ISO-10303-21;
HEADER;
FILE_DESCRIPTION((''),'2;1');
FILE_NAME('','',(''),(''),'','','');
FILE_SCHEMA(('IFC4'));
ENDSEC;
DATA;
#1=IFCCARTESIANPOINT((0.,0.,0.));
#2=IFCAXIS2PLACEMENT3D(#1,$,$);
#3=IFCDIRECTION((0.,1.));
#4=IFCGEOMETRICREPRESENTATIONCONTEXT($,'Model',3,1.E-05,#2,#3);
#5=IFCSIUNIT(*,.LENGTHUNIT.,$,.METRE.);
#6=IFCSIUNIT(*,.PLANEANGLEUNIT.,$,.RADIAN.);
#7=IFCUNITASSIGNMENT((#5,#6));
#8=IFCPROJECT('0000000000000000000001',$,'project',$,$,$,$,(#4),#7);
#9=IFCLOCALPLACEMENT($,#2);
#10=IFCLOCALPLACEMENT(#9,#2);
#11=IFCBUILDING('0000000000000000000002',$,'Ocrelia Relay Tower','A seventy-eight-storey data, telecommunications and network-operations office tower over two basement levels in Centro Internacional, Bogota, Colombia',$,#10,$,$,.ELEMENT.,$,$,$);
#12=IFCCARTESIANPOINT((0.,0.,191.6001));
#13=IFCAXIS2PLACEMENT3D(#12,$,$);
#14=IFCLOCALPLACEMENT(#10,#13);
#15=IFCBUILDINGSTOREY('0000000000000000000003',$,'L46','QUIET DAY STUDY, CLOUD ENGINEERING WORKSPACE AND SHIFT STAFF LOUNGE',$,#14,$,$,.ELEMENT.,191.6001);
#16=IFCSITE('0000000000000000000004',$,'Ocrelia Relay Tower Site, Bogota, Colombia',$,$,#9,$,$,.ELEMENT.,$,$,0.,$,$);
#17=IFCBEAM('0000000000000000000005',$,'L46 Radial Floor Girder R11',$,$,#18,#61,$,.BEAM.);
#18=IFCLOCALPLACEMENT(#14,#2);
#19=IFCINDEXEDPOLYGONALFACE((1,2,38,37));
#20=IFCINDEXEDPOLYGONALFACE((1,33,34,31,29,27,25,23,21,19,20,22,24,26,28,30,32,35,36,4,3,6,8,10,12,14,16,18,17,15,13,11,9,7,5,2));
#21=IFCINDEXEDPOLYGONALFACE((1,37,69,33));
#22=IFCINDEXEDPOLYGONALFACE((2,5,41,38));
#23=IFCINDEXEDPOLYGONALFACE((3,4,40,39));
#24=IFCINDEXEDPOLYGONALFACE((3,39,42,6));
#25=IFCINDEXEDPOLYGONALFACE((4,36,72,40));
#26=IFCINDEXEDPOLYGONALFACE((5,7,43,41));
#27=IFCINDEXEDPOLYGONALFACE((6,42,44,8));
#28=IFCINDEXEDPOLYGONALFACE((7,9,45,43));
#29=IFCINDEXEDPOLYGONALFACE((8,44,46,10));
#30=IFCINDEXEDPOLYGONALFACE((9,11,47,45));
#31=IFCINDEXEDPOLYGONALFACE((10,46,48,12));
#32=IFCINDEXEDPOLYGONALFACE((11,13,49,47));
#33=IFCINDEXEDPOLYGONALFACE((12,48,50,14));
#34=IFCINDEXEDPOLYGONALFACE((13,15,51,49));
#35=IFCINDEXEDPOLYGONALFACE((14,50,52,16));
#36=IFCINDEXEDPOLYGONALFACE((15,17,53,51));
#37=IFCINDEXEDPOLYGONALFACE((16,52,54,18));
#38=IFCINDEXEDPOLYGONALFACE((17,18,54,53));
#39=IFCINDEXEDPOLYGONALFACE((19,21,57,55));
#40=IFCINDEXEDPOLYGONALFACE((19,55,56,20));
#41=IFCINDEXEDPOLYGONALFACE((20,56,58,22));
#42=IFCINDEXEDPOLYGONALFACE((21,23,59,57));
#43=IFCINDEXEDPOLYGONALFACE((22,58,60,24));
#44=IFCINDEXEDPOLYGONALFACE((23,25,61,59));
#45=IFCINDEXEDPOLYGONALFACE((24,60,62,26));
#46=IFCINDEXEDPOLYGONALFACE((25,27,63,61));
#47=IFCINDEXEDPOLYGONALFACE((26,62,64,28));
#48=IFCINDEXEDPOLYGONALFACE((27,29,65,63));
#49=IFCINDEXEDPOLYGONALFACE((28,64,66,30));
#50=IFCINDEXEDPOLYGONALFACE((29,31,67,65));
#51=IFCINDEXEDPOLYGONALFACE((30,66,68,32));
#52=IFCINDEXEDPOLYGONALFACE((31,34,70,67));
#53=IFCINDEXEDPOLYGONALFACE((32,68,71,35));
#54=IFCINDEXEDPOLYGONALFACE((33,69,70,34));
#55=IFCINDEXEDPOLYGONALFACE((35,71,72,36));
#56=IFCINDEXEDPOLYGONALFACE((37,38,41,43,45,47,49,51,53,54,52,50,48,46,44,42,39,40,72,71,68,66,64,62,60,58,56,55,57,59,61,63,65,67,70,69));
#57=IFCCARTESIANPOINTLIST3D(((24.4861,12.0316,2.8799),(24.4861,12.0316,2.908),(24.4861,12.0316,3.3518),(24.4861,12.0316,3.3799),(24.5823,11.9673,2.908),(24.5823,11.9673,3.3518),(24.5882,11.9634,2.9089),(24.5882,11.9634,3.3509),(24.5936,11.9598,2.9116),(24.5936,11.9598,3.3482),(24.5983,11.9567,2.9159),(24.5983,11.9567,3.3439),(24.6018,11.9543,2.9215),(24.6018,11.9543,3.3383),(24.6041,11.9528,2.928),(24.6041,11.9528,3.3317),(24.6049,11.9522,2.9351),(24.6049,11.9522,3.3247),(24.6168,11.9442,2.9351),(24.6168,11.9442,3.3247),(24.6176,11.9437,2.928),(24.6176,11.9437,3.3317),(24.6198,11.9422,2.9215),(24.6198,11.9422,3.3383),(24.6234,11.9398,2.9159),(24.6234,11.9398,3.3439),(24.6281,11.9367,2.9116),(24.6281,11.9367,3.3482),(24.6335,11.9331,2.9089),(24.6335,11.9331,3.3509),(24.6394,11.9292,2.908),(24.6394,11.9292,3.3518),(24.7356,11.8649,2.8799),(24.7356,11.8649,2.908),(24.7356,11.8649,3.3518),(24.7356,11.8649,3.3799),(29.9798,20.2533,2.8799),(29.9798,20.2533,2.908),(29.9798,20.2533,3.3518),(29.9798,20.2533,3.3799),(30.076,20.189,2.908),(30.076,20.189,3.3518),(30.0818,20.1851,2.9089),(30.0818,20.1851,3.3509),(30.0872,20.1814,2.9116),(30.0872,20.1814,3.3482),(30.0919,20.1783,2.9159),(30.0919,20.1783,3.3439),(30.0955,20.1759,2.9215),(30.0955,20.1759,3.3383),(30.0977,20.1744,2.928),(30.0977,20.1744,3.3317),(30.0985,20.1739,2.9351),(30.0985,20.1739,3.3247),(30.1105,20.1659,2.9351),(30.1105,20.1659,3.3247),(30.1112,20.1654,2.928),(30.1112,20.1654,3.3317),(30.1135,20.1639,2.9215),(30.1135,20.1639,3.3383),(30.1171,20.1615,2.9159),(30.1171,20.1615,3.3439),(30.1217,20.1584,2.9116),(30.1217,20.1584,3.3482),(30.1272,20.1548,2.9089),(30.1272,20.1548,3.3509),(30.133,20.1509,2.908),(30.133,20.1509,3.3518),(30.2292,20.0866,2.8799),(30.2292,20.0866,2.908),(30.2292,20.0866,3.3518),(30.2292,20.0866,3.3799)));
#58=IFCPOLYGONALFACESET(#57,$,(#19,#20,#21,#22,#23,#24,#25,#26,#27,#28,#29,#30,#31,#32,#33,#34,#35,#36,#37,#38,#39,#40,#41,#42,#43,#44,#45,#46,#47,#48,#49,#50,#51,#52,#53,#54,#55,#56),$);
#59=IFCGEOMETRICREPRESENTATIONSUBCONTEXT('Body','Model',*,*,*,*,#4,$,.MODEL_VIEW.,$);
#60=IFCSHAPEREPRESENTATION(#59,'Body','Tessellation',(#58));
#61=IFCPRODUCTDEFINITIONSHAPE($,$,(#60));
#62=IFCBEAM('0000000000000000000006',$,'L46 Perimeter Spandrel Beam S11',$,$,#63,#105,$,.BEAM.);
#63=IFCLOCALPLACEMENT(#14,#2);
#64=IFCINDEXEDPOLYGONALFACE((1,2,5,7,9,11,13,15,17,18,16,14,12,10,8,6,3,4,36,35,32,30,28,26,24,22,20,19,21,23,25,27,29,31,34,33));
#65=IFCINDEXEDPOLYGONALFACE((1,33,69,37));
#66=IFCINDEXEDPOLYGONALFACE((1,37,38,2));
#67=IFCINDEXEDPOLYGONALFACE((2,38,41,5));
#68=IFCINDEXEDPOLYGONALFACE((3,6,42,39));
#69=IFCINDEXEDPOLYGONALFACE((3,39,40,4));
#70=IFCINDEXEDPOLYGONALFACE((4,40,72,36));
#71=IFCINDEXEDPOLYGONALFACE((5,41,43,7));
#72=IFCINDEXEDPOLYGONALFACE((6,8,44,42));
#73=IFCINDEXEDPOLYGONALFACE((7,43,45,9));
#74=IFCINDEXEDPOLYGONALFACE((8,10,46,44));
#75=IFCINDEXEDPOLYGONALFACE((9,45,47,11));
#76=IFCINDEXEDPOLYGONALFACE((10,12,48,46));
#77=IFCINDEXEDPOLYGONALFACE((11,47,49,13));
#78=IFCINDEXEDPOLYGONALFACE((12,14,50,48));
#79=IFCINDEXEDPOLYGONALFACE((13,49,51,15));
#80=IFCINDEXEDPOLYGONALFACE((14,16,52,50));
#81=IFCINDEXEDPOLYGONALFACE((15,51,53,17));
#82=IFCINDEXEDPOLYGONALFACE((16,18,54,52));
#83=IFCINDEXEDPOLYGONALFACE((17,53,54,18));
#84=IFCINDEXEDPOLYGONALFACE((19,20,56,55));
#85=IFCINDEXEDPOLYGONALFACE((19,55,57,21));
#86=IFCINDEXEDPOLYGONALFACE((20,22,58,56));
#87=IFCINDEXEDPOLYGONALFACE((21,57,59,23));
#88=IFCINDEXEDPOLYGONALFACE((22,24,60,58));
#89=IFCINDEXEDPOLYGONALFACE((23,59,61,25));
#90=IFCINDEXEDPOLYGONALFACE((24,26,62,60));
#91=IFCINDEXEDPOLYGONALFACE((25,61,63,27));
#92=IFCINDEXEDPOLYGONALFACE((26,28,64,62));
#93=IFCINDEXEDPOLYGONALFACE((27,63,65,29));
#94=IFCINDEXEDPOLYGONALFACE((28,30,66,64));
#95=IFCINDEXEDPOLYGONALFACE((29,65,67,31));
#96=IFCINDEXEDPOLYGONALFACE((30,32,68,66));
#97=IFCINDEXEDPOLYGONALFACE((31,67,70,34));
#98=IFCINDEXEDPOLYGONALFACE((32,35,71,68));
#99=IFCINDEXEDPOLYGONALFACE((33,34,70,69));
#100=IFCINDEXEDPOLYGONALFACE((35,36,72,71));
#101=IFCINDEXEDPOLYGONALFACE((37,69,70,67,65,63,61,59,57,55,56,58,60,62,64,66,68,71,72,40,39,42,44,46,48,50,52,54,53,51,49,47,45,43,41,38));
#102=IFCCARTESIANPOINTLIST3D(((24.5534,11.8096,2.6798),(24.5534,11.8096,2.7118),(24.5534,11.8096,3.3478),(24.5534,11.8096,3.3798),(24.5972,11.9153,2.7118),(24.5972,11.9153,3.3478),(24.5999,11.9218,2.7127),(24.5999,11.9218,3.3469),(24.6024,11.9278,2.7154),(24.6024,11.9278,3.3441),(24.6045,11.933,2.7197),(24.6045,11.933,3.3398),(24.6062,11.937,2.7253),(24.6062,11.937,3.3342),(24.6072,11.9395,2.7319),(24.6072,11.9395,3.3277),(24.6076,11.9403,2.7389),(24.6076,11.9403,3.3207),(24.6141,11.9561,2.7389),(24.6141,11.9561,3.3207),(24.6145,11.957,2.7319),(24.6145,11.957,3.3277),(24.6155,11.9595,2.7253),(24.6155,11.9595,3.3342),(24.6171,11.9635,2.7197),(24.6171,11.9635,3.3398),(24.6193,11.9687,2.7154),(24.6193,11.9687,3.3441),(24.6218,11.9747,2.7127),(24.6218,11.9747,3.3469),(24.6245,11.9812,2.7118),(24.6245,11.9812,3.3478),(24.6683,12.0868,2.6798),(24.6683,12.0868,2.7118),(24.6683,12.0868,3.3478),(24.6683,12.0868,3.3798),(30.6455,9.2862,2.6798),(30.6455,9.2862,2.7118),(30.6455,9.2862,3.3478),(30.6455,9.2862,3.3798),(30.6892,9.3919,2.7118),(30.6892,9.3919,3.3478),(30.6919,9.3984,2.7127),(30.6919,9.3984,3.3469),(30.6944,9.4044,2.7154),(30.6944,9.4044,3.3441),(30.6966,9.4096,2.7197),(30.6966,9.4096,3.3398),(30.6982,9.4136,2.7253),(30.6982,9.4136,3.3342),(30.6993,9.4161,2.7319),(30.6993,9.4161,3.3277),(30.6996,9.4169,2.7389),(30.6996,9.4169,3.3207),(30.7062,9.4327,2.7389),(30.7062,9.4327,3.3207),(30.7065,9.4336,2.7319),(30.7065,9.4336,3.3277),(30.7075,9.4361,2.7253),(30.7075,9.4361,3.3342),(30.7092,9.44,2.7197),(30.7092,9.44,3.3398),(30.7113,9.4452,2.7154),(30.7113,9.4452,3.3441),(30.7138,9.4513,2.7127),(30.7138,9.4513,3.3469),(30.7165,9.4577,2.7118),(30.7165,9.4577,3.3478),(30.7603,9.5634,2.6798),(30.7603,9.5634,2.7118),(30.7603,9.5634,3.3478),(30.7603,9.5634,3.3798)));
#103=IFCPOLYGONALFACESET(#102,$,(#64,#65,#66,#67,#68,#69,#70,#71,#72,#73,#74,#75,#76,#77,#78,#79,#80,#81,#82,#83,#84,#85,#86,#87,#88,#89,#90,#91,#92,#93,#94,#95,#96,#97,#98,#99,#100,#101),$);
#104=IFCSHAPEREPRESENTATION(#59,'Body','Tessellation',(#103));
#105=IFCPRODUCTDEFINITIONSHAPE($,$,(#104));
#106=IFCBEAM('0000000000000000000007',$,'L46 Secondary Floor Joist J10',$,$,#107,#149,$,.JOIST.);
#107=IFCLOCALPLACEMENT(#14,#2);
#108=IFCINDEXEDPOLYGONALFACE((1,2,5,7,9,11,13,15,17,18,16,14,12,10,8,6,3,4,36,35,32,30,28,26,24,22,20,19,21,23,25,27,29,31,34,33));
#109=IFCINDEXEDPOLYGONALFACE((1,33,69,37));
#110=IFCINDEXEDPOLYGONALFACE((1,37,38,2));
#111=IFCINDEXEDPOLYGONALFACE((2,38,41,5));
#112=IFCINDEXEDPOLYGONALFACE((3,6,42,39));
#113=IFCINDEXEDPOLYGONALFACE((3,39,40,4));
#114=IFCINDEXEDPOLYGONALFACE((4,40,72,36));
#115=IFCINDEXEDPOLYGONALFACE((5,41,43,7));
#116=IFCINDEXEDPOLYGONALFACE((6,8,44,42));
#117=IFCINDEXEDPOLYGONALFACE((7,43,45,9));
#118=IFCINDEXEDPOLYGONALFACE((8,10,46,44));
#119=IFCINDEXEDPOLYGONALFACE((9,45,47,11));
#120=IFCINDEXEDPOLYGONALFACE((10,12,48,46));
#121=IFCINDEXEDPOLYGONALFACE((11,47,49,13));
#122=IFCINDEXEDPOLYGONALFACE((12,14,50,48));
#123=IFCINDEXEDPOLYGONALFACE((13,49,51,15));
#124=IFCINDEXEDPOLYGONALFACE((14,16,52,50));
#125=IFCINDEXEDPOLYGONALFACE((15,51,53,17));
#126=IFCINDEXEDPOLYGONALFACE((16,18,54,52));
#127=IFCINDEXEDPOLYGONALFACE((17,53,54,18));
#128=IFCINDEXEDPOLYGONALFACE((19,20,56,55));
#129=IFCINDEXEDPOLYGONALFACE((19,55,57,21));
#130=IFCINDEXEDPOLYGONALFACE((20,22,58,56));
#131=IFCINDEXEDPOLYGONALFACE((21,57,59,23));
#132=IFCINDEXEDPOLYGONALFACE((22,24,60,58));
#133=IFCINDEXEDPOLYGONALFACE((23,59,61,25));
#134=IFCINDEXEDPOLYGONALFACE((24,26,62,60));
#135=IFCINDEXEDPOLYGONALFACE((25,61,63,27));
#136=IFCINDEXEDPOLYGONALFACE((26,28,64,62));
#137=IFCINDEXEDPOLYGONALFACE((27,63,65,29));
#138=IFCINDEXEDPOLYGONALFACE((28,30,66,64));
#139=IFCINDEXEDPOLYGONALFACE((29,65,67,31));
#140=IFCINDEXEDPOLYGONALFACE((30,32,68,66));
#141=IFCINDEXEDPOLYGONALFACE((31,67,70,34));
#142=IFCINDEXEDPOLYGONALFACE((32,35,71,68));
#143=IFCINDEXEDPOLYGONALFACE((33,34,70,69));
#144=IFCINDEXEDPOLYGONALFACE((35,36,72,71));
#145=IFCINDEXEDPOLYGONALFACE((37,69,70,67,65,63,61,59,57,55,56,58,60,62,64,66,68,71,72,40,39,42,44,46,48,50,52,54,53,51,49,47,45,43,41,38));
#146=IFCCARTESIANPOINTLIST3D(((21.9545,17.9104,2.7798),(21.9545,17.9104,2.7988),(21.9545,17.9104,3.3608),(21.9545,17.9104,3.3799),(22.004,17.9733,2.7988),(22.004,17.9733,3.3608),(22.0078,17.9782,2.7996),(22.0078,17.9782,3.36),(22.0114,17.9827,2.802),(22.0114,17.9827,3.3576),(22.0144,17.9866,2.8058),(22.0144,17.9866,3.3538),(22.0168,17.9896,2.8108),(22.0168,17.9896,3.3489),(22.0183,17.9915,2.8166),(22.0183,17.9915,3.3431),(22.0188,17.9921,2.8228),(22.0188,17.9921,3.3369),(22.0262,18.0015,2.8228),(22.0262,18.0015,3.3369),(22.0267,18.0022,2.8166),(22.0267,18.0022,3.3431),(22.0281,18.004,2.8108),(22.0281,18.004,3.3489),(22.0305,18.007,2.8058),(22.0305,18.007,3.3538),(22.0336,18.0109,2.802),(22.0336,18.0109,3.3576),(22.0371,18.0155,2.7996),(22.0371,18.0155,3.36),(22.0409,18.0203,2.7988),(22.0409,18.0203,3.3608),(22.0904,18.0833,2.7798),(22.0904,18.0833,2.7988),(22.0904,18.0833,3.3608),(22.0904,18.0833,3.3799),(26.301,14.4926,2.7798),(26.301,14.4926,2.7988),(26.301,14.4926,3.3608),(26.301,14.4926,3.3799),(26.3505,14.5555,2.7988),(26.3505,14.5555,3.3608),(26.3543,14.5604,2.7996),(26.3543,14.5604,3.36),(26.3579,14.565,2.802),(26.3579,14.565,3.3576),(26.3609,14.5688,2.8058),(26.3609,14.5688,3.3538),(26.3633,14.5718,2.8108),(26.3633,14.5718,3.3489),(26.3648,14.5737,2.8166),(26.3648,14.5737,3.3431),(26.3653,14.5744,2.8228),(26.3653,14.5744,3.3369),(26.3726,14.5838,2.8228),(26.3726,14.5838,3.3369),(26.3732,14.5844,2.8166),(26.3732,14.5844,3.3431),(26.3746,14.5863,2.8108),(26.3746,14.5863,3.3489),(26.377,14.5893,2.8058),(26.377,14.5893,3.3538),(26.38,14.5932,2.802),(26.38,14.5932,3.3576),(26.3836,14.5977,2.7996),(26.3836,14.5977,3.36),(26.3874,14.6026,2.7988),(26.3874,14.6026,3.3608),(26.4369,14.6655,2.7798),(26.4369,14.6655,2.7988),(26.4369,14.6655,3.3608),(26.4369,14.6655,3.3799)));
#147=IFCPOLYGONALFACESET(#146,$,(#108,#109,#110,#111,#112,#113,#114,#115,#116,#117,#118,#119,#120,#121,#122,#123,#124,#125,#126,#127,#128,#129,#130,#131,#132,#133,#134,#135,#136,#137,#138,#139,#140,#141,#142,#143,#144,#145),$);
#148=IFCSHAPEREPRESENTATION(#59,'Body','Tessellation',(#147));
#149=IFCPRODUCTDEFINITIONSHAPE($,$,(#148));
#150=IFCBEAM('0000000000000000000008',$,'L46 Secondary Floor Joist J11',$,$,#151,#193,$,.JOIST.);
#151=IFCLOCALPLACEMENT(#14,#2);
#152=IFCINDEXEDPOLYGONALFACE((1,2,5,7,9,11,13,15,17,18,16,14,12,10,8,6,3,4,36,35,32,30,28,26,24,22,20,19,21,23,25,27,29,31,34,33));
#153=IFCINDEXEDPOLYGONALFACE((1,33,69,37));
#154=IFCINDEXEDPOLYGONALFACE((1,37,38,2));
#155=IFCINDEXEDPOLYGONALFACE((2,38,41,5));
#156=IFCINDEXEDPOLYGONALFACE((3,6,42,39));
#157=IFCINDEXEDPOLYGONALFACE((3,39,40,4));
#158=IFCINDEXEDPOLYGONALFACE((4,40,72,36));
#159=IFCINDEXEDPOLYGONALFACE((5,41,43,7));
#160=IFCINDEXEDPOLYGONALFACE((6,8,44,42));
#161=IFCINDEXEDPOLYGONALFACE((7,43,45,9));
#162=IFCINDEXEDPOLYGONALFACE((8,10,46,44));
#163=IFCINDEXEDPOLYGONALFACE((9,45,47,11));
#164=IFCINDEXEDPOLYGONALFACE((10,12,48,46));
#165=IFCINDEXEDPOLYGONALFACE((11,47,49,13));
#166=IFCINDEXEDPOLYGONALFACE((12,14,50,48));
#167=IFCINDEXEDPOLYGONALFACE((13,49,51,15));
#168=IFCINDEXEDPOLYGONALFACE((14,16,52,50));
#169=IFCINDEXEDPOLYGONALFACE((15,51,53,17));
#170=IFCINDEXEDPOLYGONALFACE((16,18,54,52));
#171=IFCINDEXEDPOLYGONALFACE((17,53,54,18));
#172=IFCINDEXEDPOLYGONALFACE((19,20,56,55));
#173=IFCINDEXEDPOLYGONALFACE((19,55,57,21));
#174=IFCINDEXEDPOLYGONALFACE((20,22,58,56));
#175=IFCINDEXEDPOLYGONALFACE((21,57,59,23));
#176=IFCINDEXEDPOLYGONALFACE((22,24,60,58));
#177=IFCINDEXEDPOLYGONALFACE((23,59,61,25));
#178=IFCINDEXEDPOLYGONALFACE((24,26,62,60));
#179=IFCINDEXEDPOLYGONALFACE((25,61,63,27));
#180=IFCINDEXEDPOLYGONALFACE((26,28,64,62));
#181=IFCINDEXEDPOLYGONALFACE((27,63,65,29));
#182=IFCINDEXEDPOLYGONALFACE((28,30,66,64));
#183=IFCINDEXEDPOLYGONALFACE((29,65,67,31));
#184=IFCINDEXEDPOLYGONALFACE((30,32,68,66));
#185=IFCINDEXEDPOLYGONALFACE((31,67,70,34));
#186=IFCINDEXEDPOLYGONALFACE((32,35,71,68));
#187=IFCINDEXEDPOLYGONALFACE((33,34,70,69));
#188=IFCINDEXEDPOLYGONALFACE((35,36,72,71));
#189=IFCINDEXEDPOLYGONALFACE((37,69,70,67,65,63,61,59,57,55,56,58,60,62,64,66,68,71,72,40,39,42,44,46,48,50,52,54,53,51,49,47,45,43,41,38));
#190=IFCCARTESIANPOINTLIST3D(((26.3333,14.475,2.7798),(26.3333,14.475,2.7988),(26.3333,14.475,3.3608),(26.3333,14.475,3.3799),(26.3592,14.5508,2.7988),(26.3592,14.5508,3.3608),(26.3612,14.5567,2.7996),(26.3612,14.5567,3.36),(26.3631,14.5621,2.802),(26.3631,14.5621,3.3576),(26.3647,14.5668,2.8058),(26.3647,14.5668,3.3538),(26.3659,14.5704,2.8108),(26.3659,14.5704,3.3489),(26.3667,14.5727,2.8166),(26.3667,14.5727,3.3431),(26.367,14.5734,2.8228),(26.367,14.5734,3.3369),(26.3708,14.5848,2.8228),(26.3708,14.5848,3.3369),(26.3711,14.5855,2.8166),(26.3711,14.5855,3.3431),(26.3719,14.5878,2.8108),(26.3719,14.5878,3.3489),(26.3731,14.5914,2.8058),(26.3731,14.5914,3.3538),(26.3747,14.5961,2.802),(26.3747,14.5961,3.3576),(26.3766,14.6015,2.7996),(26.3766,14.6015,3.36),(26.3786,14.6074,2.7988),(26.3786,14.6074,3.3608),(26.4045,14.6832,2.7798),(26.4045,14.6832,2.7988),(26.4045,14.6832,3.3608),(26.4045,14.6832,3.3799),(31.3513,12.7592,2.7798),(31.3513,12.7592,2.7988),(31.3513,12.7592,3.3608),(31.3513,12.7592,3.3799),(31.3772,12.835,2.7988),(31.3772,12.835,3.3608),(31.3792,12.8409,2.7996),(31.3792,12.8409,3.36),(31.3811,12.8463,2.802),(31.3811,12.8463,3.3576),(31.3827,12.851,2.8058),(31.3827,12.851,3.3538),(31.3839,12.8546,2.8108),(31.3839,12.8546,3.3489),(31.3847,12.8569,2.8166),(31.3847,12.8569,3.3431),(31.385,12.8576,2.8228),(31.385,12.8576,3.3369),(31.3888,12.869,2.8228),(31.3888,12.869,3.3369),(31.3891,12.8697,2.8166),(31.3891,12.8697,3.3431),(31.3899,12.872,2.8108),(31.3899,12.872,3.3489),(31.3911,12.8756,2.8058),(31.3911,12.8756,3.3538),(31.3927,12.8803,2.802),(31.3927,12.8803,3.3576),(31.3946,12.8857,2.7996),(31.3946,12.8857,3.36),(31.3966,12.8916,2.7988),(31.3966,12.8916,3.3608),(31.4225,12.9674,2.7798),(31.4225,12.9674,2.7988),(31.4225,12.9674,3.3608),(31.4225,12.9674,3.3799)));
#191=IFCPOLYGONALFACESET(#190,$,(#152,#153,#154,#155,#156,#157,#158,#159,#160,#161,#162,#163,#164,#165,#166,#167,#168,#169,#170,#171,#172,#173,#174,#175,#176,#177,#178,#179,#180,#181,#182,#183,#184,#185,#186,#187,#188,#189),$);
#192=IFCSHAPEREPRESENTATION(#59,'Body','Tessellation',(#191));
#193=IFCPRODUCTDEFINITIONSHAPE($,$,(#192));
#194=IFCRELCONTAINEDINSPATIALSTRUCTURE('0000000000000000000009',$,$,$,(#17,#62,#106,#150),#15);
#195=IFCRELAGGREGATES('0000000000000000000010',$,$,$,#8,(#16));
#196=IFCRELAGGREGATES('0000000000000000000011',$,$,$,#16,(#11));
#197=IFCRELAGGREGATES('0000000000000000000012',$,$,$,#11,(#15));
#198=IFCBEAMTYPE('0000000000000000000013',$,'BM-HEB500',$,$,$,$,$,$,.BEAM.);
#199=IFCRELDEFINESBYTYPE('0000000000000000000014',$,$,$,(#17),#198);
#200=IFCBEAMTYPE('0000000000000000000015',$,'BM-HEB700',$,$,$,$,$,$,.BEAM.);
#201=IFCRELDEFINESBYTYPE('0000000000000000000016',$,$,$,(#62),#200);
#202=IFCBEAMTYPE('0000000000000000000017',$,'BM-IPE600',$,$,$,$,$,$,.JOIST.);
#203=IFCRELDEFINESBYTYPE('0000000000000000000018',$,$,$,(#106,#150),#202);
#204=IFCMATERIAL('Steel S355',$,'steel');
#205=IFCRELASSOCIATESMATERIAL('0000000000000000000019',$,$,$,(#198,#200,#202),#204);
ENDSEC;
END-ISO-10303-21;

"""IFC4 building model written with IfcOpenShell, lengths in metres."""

from ifc_helpers import new_model, si_unit, direction, frame, origin, origin_2d, place, context, subcontext, project, spatial, i_section, extrude, material, material_profile, profile_set, type_object, element, save


model = new_model("IFC4")

# Units and contexts
model_context = context("Model", 3, precision=1e-05, world=origin(), true_north=direction((0.0, 1.0)))
body_context = subcontext(model_context, "Body", "Model", "MODEL_VIEW")
ifc_project = project(units=[si_unit("LENGTHUNIT", "METRE"), si_unit("PLANEANGLEUNIT", "RADIAN")], contexts=[model_context])

# Site, building, storey
site_placement = place(None, origin())
site = spatial("IfcSite", under=ifc_project, at=site_placement, Name="Ocrelia Relay Tower Site, Bogota, Colombia", CompositionType="ELEMENT", RefElevation=0.0)
building_placement = place(site_placement, origin())
building = spatial("IfcBuilding", under=site, at=building_placement, Name="Ocrelia Relay Tower", Description="A seventy-eight-storey data, telecommunications and network-operations office tower over two basement levels in Centro Internacional, Bogota, Colombia", CompositionType="ELEMENT")
storey_placement = place(building_placement, frame((0.0, 0.0, 191.6001)))
storey = spatial("IfcBuildingStorey", under=building, at=storey_placement, Name="L46", Description="QUIET DAY STUDY, CLOUD ENGINEERING WORKSPACE AND SHIFT STAFF LOUNGE", CompositionType="ELEMENT", Elevation=191.6001)

# Beams
ifc_material_1 = material(Name="Steel S355", Category="steel")
ifc_material_profile_1 = material_profile(ifc_material_1, i_section(OverallWidth=0.3, OverallDepth=0.5, WebThickness=0.0144, FlangeThickness=0.0281, FilletRadius=0.0271, at=origin_2d()), Name="HEB 500")
ifc_profile_set_1 = profile_set([ifc_material_profile_1], Name="Steel S355")
beam_type_1 = type_object("IfcBeamType", Name="BM-HEB500", PredefinedType="BEAM", material=ifc_profile_set_1)
beam_1_placement = place(storey_placement, frame((24.6108, 11.9482, 3.1299), z_axis=(0.555577, 0.831465, 0.0), x_axis=(-0.831465, 0.555577, 0.0)))
element("IfcBeam", 1, at=beam_1_placement, inside=storey, type_object=beam_type_1, Name="L46 Radial Floor Girder R11", PredefinedType="BEAM", context=body_context, shape_type="SweptSolid", body=[
    extrude(i_section(OverallWidth=0.3, OverallDepth=0.5, WebThickness=0.0144, FlangeThickness=0.0281, FilletRadius=0.0271, at=origin_2d()), origin(), (0.0, 0.0, 1.0), 9.8882),
])
ifc_material_profile_2 = material_profile(ifc_material_1, i_section(OverallWidth=0.3, OverallDepth=0.7, WebThickness=0.0171, FlangeThickness=0.032, FilletRadius=0.0271, at=origin_2d()), Name="HEB 700")
ifc_profile_set_2 = profile_set([ifc_material_profile_2], Name="Steel S355")
beam_type_2 = type_object("IfcBeamType", Name="BM-HEB700", PredefinedType="BEAM", material=ifc_profile_set_2)
beam_2_placement = place(storey_placement, frame((24.6108, 11.9482, 3.0298), z_axis=(0.923878, -0.382688, 0.0), x_axis=(0.382688, 0.923878, 0.0)))
element("IfcBeam", 2, at=beam_2_placement, inside=storey, type_object=beam_type_2, Name="L46 Perimeter Spandrel Beam S11", PredefinedType="BEAM", context=body_context, shape_type="SweptSolid", body=[
    extrude(i_section(OverallWidth=0.3, OverallDepth=0.7, WebThickness=0.0171, FlangeThickness=0.032, FilletRadius=0.0271, at=origin_2d()), origin(), (0.0, 0.0, 1.0), 6.594),
])
ifc_material_profile_3 = material_profile(ifc_material_1, i_section(OverallWidth=0.22, OverallDepth=0.6001, WebThickness=0.012, FlangeThickness=0.019, FilletRadius=0.0239, at=origin_2d()), Name="IPE 600")
ifc_profile_set_3 = profile_set([ifc_material_profile_3], Name="Steel S355")
beam_type_3 = type_object("IfcBeamType", Name="BM-IPE600", PredefinedType="JOIST", material=ifc_profile_set_3)
beam_3_placement = place(storey_placement, frame((22.0225, 17.9968, 3.0798), z_axis=(0.786084, -0.61812, 0.0), x_axis=(0.61812, 0.786084, 0.0)))
element("IfcBeam", 3, at=beam_3_placement, inside=storey, type_object=beam_type_3, Name="L46 Secondary Floor Joist J10", PredefinedType="JOIST", context=body_context, shape_type="SweptSolid", body=[
    extrude(i_section(OverallWidth=0.22, OverallDepth=0.6001, WebThickness=0.012, FlangeThickness=0.019, FilletRadius=0.0239, at=origin_2d()), origin(), (0.0, 0.0, 1.0), 5.5293),
])
beam_4_placement = place(storey_placement, frame((26.3689, 14.5791, 3.0798), z_axis=(0.946215, -0.323538, 0.0), x_axis=(0.323538, 0.946215, 0.0)))
element("IfcBeam", 4, at=beam_4_placement, inside=storey, type_object=beam_type_3, Name="L46 Secondary Floor Joist J11", PredefinedType="JOIST", context=body_context, shape_type="SweptSolid", body=[
    extrude(i_section(OverallWidth=0.22, OverallDepth=0.6001, WebThickness=0.012, FlangeThickness=0.019, FilletRadius=0.0239, at=origin_2d()), origin(), (0.0, 0.0, 1.0), 5.3032),
])

save(model, "model.ifc")
